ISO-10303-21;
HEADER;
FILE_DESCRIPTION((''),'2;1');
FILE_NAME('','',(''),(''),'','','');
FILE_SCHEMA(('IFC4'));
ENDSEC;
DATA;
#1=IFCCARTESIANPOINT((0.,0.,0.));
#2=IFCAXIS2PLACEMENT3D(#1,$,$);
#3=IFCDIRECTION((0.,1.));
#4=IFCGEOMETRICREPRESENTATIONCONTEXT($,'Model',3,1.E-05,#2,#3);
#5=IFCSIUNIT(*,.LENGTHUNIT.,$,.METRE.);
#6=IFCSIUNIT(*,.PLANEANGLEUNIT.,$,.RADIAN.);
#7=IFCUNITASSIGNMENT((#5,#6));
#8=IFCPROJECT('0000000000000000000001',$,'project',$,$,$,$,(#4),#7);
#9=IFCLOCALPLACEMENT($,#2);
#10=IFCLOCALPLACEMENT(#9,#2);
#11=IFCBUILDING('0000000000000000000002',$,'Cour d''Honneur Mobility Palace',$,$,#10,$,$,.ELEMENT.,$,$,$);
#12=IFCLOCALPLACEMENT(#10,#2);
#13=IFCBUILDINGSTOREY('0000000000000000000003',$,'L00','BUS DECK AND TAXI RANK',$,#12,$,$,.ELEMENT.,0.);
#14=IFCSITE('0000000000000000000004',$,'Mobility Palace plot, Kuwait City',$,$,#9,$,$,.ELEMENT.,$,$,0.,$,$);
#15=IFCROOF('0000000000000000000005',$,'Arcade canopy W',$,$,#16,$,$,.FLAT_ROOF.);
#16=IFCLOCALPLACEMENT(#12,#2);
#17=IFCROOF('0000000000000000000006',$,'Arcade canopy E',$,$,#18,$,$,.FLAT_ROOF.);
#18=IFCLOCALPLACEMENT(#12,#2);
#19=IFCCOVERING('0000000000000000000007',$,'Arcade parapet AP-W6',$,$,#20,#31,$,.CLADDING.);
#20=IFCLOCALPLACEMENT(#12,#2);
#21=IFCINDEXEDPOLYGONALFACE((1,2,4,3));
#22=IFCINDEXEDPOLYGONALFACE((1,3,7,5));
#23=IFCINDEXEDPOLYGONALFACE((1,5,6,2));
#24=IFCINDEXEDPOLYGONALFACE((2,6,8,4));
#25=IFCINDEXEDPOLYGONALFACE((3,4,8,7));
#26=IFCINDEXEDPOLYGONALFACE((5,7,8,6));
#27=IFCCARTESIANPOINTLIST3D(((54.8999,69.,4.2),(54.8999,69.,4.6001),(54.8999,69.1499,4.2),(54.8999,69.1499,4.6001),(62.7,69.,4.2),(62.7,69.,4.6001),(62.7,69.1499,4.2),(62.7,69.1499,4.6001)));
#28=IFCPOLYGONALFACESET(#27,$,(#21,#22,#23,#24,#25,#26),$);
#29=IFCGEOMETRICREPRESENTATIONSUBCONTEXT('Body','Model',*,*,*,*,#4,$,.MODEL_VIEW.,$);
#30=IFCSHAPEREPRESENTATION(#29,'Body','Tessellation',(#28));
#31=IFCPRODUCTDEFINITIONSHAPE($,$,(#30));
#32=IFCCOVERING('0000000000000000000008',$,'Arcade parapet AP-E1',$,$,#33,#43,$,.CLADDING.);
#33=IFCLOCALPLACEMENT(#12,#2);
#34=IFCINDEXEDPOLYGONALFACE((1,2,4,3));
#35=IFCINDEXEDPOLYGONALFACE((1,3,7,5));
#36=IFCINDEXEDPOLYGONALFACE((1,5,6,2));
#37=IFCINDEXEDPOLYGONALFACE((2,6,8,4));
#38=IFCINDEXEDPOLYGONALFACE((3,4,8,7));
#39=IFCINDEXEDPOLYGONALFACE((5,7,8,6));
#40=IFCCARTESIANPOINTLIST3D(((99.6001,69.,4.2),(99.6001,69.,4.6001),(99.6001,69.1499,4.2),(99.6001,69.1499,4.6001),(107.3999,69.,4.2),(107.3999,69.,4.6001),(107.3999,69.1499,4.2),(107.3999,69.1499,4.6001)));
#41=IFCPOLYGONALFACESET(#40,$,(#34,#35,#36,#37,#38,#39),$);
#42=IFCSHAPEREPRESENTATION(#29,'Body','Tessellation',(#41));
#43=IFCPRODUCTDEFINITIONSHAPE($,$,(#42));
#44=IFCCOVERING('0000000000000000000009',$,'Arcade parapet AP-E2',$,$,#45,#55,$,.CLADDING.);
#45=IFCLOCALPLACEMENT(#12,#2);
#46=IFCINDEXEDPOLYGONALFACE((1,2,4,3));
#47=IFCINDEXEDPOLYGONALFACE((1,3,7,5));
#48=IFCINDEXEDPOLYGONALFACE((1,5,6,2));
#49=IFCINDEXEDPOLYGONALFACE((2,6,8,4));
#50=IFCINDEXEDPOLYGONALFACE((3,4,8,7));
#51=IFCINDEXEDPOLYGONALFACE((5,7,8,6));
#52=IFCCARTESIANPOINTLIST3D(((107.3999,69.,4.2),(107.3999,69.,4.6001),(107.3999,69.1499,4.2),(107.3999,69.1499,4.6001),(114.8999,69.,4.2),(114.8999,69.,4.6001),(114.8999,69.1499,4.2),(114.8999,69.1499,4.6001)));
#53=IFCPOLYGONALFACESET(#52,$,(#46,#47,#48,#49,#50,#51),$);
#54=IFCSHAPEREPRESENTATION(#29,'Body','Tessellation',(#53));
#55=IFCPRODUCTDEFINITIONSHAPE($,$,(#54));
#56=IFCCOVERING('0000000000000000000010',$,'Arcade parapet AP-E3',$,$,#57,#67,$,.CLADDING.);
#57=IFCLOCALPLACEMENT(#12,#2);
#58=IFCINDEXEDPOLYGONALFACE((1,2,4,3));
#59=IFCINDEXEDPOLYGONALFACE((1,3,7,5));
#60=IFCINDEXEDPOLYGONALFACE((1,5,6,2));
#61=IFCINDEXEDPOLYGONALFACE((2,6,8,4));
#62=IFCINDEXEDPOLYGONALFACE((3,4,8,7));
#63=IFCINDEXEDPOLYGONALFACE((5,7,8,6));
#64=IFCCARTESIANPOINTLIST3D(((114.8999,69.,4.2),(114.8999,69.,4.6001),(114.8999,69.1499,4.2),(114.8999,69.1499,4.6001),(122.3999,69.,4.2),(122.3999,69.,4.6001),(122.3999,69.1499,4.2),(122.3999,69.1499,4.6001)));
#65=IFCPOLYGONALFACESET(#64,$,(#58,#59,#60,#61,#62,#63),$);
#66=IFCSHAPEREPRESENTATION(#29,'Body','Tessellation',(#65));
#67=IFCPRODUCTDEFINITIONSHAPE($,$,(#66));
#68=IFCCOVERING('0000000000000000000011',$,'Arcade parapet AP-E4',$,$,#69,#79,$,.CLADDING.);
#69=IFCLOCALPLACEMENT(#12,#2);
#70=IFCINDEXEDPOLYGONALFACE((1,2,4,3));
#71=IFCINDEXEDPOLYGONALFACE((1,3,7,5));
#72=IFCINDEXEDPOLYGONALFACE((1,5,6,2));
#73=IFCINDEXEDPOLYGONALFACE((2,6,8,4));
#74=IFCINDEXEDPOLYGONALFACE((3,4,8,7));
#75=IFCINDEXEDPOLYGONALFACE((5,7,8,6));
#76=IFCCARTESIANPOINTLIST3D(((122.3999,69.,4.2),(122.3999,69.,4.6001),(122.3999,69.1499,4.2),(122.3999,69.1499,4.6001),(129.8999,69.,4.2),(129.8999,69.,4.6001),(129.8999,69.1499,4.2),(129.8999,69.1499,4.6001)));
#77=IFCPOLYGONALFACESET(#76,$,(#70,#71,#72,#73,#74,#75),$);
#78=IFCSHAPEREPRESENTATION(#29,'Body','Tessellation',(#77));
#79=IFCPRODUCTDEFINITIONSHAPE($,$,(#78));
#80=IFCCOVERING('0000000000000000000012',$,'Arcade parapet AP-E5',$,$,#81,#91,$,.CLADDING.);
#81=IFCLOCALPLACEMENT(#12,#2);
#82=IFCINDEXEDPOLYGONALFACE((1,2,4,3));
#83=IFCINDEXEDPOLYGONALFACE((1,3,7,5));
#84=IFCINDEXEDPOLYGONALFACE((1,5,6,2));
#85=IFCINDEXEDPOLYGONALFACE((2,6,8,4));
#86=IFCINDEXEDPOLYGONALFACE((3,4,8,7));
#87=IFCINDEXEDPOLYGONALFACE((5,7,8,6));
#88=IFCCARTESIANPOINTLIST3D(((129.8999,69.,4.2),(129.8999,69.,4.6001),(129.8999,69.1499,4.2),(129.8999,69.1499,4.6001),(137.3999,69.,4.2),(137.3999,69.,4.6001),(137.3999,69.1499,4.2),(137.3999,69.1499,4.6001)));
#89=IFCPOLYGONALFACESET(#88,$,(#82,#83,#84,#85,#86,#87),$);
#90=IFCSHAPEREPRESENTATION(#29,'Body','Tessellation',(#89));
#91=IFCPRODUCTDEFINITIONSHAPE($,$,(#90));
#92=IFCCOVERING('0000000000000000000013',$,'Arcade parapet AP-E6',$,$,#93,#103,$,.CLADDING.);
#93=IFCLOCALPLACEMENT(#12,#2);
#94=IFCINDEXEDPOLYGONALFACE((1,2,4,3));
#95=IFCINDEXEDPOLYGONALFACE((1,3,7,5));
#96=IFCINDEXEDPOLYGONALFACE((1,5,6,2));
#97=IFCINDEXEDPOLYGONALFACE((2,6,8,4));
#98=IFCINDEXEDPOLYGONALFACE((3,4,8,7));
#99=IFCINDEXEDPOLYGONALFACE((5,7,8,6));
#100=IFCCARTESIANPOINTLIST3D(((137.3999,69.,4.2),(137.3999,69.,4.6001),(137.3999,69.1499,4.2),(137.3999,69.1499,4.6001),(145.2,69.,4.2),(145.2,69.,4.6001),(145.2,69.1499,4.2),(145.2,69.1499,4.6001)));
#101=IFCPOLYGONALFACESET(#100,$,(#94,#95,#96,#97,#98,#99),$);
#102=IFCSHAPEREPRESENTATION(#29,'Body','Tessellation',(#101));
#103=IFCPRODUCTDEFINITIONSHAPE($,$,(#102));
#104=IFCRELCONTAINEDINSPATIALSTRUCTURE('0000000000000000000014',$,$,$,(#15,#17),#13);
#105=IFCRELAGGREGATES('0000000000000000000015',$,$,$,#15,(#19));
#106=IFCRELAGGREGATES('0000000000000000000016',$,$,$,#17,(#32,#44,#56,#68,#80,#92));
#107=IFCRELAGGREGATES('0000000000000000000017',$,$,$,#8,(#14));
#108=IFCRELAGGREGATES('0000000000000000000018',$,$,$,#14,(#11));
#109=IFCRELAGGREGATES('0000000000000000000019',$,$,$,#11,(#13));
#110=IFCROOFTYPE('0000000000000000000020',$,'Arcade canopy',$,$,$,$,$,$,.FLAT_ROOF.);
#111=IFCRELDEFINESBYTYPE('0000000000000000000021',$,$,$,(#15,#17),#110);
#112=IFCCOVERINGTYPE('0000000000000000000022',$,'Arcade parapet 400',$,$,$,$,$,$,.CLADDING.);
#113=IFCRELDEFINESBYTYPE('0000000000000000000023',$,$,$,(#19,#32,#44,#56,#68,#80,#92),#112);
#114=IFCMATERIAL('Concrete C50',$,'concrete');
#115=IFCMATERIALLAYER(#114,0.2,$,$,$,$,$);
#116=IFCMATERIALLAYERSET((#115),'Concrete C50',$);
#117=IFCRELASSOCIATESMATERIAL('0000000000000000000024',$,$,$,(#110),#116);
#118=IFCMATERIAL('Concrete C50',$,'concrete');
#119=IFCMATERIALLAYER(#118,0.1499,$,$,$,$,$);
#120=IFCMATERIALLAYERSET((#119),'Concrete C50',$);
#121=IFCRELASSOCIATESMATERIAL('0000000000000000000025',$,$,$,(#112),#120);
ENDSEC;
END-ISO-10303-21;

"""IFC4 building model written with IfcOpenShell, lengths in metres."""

from ifc_helpers import new_model, si_unit, direction, frame, origin, place, context, subcontext, project, spatial, polyline, outline, extrude, material, layer, layer_set, type_object, element, aggregate, save


model = new_model("IFC4")

# Units and contexts
model_context = context("Model", 3, precision=1e-05, world=origin(), true_north=direction((0.0, 1.0)))
body_context = subcontext(model_context, "Body", "Model", "MODEL_VIEW")
ifc_project = project(units=[si_unit("LENGTHUNIT", "METRE"), si_unit("PLANEANGLEUNIT", "RADIAN")], contexts=[model_context])

# Site, building, storey
site_placement = place(None, origin())
site = spatial("IfcSite", under=ifc_project, at=site_placement, Name="Mobility Palace plot, Kuwait City", CompositionType="ELEMENT", RefElevation=0.0)
building_placement = place(site_placement, origin())
building = spatial("IfcBuilding", under=site, at=building_placement, Name="Cour d'Honneur Mobility Palace", CompositionType="ELEMENT")
storey_placement = place(building_placement, origin())
storey = spatial("IfcBuildingStorey", under=building, at=storey_placement, Name="L00", Description="BUS DECK AND TAXI RANK", CompositionType="ELEMENT", Elevation=0.0)

# Roofs
ifc_material_1 = material(Name="Concrete C50", Category="concrete")
ifc_layer_1 = layer(ifc_material_1, 0.2)
ifc_layer_set_1 = layer_set([ifc_layer_1], Name="Concrete C50")
roof_type = type_object("IfcRoofType", Name="Arcade canopy", PredefinedType="FLAT_ROOF", material=ifc_layer_set_1)
roof_1_placement = place(storey_placement, origin())
roof_1 = element("IfcRoof", 1, at=roof_1_placement, inside=storey, type_object=roof_type, Name="Arcade canopy W", PredefinedType="FLAT_ROOF")
roof_2_placement = place(storey_placement, origin())
roof_2 = element("IfcRoof", 2, at=roof_2_placement, inside=storey, type_object=roof_type, Name="Arcade canopy E", PredefinedType="FLAT_ROOF")

# Coverings
ifc_material_2 = material(Name="Concrete C50", Category="concrete")
ifc_layer_2 = layer(ifc_material_2, 0.1499)
ifc_layer_set_2 = layer_set([ifc_layer_2], Name="Concrete C50")
covering_type_1 = type_object("IfcCoveringType", Name="Arcade parapet 400", PredefinedType="CLADDING", material=ifc_layer_set_2)
covering_1_placement = place(storey_placement, frame((0.0, 0.0, 4.2)))
covering_1 = element("IfcCovering", 3, at=covering_1_placement, type_object=covering_type_1, Name="Arcade parapet AP-W6", PredefinedType="CLADDING", context=body_context, shape_type="SweptSolid", body=[
    extrude(outline(polyline([(54.8999, 69.0), (62.7, 69.0), (62.7, 69.1499), (54.8999, 69.1499), (54.8999, 69.0)])), origin(), (0.0, 0.0, 1.0), 0.4001),
])
aggregate(roof_1, [covering_1])
covering_2_placement = place(storey_placement, frame((0.0, 0.0, 4.2)))
covering_2 = element("IfcCovering", 4, at=covering_2_placement, type_object=covering_type_1, Name="Arcade parapet AP-E1", PredefinedType="CLADDING", context=body_context, shape_type="SweptSolid", body=[
    extrude(outline(polyline([(99.6001, 69.0), (107.3999, 69.0), (107.3999, 69.1499), (99.6001, 69.1499), (99.6001, 69.0)])), origin(), (0.0, 0.0, 1.0), 0.4001),
])
covering_3_placement = place(storey_placement, frame((0.0, 0.0, 4.2)))
covering_3 = element("IfcCovering", 5, at=covering_3_placement, type_object=covering_type_1, Name="Arcade parapet AP-E2", PredefinedType="CLADDING", context=body_context, shape_type="SweptSolid", body=[
    extrude(outline(polyline([(107.3999, 69.0), (114.8999, 69.0), (114.8999, 69.1499), (107.3999, 69.1499), (107.3999, 69.0)])), origin(), (0.0, 0.0, 1.0), 0.4001),
])
covering_4_placement = place(storey_placement, frame((0.0, 0.0, 4.2)))
covering_4 = element("IfcCovering", 6, at=covering_4_placement, type_object=covering_type_1, Name="Arcade parapet AP-E3", PredefinedType="CLADDING", context=body_context, shape_type="SweptSolid", body=[
    extrude(outline(polyline([(114.8999, 69.0), (122.3999, 69.0), (122.3999, 69.1499), (114.8999, 69.1499), (114.8999, 69.0)])), origin(), (0.0, 0.0, 1.0), 0.4001),
])
covering_5_placement = place(storey_placement, frame((0.0, 0.0, 4.2)))
covering_5 = element("IfcCovering", 7, at=covering_5_placement, type_object=covering_type_1, Name="Arcade parapet AP-E4", PredefinedType="CLADDING", context=body_context, shape_type="SweptSolid", body=[
    extrude(outline(polyline([(122.3999, 69.0), (129.8999, 69.0), (129.8999, 69.1499), (122.3999, 69.1499), (122.3999, 69.0)])), origin(), (0.0, 0.0, 1.0), 0.4001),
])
covering_6_placement = place(storey_placement, frame((0.0, 0.0, 4.2)))
covering_6 = element("IfcCovering", 8, at=covering_6_placement, type_object=covering_type_1, Name="Arcade parapet AP-E5", PredefinedType="CLADDING", context=body_context, shape_type="SweptSolid", body=[
    extrude(outline(polyline([(129.8999, 69.0), (137.3999, 69.0), (137.3999, 69.1499), (129.8999, 69.1499), (129.8999, 69.0)])), origin(), (0.0, 0.0, 1.0), 0.4001),
])
covering_7_placement = place(storey_placement, frame((0.0, 0.0, 4.2)))
covering_7 = element("IfcCovering", 9, at=covering_7_placement, type_object=covering_type_1, Name="Arcade parapet AP-E6", PredefinedType="CLADDING", context=body_context, shape_type="SweptSolid", body=[
    extrude(outline(polyline([(137.3999, 69.0), (145.2, 69.0), (145.2, 69.1499), (137.3999, 69.1499), (137.3999, 69.0)])), origin(), (0.0, 0.0, 1.0), 0.4001),
])
aggregate(roof_2, [covering_2, covering_3, covering_4, covering_5, covering_6, covering_7])

save(model, "model.ifc")
